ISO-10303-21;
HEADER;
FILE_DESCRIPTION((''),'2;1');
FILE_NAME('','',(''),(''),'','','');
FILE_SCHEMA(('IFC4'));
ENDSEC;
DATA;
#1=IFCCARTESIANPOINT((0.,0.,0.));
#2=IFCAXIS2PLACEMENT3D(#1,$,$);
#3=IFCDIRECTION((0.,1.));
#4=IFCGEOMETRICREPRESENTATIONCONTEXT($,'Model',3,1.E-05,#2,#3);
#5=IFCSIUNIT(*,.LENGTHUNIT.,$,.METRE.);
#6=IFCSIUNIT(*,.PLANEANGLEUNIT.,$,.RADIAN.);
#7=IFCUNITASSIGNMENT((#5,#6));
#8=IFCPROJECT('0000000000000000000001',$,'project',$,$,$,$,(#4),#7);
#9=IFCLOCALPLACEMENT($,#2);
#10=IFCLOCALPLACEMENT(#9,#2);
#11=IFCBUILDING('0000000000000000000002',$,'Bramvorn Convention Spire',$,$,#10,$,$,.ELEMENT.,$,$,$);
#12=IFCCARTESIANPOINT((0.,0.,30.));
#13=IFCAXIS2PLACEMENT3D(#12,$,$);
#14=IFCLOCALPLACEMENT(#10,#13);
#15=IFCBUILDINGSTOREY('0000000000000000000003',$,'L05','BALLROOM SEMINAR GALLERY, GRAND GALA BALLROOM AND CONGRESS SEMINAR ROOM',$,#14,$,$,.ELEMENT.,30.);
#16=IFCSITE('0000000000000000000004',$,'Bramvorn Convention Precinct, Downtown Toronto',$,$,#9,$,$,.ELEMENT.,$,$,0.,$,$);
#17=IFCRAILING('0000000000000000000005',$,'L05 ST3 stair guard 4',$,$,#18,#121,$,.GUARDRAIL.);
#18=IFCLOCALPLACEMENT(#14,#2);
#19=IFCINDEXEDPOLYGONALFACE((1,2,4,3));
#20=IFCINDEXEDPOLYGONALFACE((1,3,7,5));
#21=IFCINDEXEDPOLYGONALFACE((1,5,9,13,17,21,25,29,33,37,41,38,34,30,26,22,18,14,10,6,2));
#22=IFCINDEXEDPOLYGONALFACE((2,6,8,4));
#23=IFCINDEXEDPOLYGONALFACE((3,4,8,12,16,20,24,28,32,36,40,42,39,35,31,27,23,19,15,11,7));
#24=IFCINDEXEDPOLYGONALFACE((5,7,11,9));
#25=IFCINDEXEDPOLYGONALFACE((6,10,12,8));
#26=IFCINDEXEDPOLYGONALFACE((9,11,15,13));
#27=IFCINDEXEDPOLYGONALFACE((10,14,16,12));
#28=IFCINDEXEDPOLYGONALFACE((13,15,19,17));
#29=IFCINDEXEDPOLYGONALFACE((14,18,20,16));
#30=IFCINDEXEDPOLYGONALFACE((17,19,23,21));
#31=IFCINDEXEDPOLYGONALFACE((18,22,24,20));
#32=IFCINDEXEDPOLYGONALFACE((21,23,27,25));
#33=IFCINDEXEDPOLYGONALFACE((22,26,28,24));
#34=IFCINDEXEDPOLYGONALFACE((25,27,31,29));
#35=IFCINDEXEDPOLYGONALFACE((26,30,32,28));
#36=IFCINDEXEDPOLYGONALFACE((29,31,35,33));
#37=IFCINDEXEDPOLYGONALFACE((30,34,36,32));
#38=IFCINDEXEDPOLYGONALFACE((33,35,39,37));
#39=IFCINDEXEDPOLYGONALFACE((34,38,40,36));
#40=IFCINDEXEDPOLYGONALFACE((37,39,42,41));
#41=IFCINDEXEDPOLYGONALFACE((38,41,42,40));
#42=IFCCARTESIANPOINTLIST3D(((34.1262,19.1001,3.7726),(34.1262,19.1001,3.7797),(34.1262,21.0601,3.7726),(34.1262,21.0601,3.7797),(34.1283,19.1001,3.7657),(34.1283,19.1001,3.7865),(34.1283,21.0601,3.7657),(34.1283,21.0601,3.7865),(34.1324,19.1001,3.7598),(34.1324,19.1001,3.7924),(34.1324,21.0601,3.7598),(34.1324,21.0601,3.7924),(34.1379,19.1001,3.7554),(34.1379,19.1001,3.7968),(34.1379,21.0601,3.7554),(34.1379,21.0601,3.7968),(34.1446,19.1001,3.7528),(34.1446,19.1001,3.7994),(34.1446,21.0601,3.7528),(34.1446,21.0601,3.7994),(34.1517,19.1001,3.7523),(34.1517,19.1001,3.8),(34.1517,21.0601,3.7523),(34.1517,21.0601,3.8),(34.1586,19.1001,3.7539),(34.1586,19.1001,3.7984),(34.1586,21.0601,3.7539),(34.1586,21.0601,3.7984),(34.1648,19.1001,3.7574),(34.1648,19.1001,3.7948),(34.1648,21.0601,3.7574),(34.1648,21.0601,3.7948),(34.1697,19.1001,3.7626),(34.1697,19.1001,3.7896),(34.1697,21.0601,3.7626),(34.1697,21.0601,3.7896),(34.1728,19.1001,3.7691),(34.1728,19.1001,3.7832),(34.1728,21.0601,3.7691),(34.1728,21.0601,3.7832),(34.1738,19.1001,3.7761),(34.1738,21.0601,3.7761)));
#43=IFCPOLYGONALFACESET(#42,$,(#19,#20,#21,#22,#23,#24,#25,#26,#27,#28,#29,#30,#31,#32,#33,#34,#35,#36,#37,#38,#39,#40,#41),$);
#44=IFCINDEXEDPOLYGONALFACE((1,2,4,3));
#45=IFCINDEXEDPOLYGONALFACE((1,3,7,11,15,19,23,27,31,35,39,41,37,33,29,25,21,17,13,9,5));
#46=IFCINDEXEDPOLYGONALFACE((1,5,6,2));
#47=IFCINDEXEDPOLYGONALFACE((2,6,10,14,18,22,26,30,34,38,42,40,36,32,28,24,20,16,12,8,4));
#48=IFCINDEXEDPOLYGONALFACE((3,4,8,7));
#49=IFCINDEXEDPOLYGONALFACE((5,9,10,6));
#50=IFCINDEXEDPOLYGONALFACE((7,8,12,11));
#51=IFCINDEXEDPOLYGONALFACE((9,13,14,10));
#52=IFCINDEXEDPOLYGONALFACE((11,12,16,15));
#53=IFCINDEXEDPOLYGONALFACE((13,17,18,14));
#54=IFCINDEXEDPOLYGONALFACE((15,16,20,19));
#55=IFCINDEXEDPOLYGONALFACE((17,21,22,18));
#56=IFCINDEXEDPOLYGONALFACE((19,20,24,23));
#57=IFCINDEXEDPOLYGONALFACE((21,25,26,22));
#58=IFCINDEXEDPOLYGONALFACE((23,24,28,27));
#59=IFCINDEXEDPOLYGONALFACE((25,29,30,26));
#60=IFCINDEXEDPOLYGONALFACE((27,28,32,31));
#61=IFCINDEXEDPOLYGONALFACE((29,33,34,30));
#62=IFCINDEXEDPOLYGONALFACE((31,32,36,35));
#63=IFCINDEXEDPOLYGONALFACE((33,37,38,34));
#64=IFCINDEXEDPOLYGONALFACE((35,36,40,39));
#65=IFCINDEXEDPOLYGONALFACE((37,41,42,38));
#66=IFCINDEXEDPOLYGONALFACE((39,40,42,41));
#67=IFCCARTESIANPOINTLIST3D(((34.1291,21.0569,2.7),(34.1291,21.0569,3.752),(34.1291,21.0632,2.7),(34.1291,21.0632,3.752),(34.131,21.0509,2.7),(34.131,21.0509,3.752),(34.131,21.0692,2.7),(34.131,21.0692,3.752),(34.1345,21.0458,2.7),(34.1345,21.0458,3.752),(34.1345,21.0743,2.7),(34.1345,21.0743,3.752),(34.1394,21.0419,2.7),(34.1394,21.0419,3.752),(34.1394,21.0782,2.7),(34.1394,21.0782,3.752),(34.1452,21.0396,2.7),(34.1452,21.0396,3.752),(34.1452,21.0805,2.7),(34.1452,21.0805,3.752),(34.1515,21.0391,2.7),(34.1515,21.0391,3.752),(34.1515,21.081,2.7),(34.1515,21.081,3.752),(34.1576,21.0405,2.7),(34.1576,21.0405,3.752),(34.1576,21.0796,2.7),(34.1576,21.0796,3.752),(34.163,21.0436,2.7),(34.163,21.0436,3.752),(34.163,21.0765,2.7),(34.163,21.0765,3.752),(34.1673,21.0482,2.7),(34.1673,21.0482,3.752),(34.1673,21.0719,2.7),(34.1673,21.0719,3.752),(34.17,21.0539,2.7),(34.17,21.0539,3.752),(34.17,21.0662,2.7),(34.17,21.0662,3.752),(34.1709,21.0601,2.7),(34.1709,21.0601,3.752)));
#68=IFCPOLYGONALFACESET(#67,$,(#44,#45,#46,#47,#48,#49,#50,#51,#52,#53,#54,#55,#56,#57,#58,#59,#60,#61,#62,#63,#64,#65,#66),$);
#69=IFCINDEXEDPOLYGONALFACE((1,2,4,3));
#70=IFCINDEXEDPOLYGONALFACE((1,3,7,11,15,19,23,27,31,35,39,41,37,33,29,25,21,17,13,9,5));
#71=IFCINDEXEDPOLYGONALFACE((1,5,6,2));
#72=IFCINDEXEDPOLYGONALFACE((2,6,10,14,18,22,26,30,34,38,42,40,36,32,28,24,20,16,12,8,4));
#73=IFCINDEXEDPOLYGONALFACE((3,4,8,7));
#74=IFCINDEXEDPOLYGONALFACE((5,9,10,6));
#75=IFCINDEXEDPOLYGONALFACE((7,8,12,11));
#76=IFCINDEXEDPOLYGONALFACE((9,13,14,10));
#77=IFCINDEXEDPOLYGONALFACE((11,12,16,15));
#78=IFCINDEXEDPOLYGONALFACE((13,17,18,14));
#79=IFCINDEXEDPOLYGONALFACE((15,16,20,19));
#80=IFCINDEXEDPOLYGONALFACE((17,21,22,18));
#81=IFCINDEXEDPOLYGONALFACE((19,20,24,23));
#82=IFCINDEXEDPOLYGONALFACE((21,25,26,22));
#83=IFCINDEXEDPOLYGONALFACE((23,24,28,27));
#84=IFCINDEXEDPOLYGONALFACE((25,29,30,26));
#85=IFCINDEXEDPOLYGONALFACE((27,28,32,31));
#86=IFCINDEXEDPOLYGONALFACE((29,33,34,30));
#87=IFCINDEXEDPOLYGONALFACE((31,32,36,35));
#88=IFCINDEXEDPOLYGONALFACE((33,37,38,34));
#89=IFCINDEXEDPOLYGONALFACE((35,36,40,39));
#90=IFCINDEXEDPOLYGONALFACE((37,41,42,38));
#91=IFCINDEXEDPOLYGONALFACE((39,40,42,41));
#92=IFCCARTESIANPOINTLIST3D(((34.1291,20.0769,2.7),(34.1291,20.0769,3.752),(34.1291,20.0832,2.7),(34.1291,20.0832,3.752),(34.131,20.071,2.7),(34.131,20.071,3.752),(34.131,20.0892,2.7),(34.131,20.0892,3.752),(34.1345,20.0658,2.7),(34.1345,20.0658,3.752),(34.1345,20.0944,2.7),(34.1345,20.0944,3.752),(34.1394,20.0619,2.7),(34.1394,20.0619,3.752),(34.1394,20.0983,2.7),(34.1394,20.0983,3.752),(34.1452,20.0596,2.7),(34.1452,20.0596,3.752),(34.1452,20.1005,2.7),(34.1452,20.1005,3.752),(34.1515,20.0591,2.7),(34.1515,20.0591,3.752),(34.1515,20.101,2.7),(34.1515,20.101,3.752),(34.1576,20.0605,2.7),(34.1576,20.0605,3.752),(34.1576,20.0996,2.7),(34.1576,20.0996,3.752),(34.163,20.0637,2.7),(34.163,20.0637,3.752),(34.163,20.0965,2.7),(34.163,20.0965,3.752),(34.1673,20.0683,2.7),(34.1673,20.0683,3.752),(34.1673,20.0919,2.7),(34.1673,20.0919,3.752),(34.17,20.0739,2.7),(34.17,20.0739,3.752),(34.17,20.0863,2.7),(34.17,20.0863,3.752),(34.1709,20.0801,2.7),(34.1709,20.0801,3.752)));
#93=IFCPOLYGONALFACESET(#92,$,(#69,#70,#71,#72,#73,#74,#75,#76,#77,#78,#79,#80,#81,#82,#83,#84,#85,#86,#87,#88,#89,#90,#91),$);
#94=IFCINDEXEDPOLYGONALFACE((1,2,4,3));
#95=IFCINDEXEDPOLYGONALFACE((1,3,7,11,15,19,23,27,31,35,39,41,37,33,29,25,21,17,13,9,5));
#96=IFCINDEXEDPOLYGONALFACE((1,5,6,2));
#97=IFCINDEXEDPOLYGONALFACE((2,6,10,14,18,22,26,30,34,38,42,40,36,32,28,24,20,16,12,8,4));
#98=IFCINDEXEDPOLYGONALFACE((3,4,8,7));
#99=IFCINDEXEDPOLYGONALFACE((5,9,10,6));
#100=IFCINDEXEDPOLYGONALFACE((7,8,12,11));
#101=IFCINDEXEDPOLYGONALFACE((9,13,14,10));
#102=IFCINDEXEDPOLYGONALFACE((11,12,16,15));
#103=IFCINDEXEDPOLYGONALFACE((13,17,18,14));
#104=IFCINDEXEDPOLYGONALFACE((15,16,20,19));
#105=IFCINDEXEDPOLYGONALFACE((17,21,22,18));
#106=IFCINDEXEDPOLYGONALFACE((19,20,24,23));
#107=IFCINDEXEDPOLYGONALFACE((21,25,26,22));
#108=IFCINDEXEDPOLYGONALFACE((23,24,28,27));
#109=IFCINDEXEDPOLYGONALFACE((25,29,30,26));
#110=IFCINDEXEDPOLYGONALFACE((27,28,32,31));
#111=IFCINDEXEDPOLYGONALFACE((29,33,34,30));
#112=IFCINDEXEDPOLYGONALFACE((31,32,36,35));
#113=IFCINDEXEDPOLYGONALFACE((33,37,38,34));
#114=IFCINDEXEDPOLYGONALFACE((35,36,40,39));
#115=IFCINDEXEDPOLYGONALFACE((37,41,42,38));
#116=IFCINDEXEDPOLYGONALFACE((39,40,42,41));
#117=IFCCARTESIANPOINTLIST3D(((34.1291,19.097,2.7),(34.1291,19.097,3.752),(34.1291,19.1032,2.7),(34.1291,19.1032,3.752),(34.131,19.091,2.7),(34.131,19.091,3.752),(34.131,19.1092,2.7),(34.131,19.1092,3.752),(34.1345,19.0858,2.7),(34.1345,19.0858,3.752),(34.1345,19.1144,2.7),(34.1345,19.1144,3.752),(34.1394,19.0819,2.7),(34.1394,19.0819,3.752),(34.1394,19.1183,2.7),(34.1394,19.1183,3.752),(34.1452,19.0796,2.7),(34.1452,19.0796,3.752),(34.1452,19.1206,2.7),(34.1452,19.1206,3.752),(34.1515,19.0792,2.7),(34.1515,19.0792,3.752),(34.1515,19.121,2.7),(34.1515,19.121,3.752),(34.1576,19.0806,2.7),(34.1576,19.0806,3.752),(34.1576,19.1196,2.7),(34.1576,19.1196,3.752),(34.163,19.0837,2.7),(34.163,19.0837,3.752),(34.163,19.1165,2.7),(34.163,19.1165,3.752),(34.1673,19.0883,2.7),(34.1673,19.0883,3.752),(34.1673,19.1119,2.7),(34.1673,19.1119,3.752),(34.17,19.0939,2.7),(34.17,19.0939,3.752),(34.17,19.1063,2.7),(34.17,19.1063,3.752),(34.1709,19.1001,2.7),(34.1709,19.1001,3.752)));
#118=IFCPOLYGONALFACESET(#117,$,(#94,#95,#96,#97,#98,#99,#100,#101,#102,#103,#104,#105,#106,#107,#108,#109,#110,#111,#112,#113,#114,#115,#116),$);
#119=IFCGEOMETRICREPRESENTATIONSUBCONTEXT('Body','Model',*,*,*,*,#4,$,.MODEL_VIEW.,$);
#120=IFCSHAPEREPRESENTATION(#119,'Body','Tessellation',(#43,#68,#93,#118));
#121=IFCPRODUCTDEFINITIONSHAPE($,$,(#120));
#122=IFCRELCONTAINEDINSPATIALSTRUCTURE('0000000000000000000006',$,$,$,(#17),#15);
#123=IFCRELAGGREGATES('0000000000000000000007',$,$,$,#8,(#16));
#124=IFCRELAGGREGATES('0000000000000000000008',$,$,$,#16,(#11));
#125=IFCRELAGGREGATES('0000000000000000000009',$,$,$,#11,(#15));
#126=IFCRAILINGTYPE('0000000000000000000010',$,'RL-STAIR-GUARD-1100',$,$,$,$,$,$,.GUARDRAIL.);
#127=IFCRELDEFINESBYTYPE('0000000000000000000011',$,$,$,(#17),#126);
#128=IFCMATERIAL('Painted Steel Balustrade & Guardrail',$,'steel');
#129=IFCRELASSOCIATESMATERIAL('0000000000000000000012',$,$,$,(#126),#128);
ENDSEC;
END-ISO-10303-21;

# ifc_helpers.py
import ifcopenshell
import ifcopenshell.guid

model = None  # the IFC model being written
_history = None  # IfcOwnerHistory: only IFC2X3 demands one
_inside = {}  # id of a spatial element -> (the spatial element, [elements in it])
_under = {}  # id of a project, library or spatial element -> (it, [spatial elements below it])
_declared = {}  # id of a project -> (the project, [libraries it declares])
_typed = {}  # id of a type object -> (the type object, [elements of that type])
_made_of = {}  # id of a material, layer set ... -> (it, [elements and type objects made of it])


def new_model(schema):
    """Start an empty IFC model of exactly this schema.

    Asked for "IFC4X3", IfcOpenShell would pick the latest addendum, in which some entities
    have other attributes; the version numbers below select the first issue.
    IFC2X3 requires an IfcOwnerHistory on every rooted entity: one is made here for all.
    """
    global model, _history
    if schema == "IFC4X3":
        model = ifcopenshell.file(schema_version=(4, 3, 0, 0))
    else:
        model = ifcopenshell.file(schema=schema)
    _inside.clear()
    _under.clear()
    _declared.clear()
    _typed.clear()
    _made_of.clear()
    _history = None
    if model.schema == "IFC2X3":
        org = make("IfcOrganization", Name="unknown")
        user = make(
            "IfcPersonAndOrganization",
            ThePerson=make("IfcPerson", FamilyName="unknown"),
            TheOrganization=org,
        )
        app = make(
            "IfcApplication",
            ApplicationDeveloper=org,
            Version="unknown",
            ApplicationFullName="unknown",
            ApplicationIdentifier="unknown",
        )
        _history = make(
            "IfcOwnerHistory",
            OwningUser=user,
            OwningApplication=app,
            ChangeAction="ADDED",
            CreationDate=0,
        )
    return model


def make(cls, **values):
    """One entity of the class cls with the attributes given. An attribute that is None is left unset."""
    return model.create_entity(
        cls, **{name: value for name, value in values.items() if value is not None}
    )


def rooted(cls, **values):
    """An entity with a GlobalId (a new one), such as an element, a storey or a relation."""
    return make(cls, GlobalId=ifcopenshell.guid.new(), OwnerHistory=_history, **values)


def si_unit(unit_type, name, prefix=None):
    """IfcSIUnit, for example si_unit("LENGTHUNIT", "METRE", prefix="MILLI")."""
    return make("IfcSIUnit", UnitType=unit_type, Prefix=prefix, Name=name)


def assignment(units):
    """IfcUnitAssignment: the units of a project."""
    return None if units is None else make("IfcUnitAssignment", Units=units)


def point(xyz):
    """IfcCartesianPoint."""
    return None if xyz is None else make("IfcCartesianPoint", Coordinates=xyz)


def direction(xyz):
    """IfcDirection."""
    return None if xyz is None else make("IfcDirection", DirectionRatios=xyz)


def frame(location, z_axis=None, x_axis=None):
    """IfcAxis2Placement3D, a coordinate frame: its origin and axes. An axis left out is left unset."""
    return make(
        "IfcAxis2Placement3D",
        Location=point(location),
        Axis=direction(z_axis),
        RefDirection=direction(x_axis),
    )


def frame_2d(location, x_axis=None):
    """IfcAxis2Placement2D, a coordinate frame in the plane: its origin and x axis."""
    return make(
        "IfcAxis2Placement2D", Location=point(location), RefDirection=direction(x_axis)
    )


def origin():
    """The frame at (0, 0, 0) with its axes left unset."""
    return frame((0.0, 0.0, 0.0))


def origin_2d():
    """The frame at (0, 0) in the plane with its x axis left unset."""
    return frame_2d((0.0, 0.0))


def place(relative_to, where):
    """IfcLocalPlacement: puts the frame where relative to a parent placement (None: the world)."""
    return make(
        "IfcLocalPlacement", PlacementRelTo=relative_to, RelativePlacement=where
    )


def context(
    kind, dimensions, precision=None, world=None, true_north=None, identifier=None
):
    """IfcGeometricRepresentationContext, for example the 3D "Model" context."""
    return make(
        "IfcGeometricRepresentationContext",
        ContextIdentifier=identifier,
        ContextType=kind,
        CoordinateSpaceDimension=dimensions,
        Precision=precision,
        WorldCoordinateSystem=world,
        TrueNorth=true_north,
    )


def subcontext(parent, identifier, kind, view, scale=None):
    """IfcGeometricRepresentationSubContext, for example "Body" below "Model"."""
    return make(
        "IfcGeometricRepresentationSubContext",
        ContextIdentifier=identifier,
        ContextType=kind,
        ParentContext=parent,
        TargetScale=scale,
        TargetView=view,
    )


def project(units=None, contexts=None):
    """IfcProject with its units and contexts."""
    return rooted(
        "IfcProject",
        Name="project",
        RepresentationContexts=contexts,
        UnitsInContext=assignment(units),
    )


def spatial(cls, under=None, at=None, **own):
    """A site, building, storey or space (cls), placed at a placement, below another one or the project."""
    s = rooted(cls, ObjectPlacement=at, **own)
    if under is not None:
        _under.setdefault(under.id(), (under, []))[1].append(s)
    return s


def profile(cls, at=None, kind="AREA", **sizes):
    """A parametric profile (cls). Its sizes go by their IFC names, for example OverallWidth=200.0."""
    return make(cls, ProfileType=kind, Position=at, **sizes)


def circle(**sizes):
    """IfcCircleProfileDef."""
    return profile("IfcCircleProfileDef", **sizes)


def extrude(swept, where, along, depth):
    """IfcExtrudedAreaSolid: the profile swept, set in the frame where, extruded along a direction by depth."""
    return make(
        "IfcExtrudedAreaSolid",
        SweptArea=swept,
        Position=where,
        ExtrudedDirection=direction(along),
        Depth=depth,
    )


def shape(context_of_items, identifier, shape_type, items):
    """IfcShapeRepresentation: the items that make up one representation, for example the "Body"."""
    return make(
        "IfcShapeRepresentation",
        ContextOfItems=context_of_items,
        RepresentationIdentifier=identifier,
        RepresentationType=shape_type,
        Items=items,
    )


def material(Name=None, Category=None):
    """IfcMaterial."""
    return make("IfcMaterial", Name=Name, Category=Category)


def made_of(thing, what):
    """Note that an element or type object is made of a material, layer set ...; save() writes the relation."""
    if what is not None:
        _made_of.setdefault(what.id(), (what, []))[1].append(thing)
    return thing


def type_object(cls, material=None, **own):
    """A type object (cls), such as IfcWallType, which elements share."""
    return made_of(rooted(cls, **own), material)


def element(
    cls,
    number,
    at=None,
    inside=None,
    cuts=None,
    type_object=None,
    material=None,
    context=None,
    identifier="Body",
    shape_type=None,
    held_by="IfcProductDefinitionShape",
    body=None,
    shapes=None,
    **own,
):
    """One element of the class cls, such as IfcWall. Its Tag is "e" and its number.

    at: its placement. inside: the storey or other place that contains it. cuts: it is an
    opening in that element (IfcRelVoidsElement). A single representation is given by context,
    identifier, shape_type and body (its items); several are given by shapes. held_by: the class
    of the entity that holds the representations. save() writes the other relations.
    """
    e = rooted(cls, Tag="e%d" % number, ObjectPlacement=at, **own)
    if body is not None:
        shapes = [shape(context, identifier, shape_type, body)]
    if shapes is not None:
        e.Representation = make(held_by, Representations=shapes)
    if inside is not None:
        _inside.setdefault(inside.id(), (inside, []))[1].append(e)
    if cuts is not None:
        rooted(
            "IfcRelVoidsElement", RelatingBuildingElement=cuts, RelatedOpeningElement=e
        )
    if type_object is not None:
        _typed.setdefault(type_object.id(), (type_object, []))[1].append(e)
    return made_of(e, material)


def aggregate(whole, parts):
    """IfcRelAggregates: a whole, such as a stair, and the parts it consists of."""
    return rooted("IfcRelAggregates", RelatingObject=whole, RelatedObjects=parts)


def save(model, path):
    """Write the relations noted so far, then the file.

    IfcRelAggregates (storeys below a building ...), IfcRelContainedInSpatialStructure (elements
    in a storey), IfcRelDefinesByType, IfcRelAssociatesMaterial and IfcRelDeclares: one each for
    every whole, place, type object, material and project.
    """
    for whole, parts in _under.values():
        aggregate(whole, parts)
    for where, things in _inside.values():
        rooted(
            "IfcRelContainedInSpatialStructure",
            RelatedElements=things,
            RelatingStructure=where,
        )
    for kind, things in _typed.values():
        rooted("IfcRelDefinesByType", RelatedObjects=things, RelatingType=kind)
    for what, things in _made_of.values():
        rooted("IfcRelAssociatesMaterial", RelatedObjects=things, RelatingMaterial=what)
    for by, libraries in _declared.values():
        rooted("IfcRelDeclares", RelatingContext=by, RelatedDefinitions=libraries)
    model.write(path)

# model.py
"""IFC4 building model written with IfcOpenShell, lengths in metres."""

from ifc_helpers import new_model, si_unit, direction, frame, origin, origin_2d, place, context, subcontext, project, spatial, circle, extrude, material, type_object, element, save


model = new_model("IFC4")

# Units and contexts
model_context = context("Model", 3, precision=1e-05, world=origin(), true_north=direction((0.0, 1.0)))
body_context = subcontext(model_context, "Body", "Model", "MODEL_VIEW")
ifc_project = project(units=[si_unit("LENGTHUNIT", "METRE"), si_unit("PLANEANGLEUNIT", "RADIAN")], contexts=[model_context])

# Site, building, storey
site_placement = place(None, origin())
site = spatial("IfcSite", under=ifc_project, at=site_placement, Name="Bramvorn Convention Precinct, Downtown Toronto", CompositionType="ELEMENT", RefElevation=0.0)
building_placement = place(site_placement, origin())
building = spatial("IfcBuilding", under=site, at=building_placement, Name="Bramvorn Convention Spire", CompositionType="ELEMENT")
storey_placement = place(building_placement, frame((0.0, 0.0, 30.0)))
storey = spatial("IfcBuildingStorey", under=building, at=storey_placement, Name="L05", Description="BALLROOM SEMINAR GALLERY, GRAND GALA BALLROOM AND CONGRESS SEMINAR ROOM", CompositionType="ELEMENT", Elevation=30.0)

# Railing
ifc_material_1 = material(Name="Painted Steel Balustrade & Guardrail", Category="steel")
railing_type_1 = type_object("IfcRailingType", Name="RL-STAIR-GUARD-1100", PredefinedType="GUARDRAIL", material=ifc_material_1)
railing_1_placement = place(storey_placement, frame((34.1499, 21.0601, 2.7)))
element("IfcRailing", 1, at=railing_1_placement, inside=storey, type_object=railing_type_1, Name="L05 ST3 stair guard 4", PredefinedType="GUARDRAIL", context=body_context, shape_type="SweptSolid", body=[
    extrude(circle(Radius=0.0239, at=origin_2d()), frame((0.0, 0.0, 1.0762), z_axis=(0.0, -1.0, 0.0), x_axis=(1.0, 0.0, 0.0)), (0.0, 0.0, 1.0), 1.96),
    extrude(circle(Radius=0.021, at=origin_2d()), origin(), (0.0, 0.0, 1.0), 1.052),
    extrude(circle(Radius=0.021, at=origin_2d()), frame((0.0, -0.98, 0.0)), (0.0, 0.0, 1.0), 1.052),
    extrude(circle(Radius=0.021, at=origin_2d()), frame((0.0, -1.96, 0.0)), (0.0, 0.0, 1.0), 1.052),
])

save(model, "model.ifc")
